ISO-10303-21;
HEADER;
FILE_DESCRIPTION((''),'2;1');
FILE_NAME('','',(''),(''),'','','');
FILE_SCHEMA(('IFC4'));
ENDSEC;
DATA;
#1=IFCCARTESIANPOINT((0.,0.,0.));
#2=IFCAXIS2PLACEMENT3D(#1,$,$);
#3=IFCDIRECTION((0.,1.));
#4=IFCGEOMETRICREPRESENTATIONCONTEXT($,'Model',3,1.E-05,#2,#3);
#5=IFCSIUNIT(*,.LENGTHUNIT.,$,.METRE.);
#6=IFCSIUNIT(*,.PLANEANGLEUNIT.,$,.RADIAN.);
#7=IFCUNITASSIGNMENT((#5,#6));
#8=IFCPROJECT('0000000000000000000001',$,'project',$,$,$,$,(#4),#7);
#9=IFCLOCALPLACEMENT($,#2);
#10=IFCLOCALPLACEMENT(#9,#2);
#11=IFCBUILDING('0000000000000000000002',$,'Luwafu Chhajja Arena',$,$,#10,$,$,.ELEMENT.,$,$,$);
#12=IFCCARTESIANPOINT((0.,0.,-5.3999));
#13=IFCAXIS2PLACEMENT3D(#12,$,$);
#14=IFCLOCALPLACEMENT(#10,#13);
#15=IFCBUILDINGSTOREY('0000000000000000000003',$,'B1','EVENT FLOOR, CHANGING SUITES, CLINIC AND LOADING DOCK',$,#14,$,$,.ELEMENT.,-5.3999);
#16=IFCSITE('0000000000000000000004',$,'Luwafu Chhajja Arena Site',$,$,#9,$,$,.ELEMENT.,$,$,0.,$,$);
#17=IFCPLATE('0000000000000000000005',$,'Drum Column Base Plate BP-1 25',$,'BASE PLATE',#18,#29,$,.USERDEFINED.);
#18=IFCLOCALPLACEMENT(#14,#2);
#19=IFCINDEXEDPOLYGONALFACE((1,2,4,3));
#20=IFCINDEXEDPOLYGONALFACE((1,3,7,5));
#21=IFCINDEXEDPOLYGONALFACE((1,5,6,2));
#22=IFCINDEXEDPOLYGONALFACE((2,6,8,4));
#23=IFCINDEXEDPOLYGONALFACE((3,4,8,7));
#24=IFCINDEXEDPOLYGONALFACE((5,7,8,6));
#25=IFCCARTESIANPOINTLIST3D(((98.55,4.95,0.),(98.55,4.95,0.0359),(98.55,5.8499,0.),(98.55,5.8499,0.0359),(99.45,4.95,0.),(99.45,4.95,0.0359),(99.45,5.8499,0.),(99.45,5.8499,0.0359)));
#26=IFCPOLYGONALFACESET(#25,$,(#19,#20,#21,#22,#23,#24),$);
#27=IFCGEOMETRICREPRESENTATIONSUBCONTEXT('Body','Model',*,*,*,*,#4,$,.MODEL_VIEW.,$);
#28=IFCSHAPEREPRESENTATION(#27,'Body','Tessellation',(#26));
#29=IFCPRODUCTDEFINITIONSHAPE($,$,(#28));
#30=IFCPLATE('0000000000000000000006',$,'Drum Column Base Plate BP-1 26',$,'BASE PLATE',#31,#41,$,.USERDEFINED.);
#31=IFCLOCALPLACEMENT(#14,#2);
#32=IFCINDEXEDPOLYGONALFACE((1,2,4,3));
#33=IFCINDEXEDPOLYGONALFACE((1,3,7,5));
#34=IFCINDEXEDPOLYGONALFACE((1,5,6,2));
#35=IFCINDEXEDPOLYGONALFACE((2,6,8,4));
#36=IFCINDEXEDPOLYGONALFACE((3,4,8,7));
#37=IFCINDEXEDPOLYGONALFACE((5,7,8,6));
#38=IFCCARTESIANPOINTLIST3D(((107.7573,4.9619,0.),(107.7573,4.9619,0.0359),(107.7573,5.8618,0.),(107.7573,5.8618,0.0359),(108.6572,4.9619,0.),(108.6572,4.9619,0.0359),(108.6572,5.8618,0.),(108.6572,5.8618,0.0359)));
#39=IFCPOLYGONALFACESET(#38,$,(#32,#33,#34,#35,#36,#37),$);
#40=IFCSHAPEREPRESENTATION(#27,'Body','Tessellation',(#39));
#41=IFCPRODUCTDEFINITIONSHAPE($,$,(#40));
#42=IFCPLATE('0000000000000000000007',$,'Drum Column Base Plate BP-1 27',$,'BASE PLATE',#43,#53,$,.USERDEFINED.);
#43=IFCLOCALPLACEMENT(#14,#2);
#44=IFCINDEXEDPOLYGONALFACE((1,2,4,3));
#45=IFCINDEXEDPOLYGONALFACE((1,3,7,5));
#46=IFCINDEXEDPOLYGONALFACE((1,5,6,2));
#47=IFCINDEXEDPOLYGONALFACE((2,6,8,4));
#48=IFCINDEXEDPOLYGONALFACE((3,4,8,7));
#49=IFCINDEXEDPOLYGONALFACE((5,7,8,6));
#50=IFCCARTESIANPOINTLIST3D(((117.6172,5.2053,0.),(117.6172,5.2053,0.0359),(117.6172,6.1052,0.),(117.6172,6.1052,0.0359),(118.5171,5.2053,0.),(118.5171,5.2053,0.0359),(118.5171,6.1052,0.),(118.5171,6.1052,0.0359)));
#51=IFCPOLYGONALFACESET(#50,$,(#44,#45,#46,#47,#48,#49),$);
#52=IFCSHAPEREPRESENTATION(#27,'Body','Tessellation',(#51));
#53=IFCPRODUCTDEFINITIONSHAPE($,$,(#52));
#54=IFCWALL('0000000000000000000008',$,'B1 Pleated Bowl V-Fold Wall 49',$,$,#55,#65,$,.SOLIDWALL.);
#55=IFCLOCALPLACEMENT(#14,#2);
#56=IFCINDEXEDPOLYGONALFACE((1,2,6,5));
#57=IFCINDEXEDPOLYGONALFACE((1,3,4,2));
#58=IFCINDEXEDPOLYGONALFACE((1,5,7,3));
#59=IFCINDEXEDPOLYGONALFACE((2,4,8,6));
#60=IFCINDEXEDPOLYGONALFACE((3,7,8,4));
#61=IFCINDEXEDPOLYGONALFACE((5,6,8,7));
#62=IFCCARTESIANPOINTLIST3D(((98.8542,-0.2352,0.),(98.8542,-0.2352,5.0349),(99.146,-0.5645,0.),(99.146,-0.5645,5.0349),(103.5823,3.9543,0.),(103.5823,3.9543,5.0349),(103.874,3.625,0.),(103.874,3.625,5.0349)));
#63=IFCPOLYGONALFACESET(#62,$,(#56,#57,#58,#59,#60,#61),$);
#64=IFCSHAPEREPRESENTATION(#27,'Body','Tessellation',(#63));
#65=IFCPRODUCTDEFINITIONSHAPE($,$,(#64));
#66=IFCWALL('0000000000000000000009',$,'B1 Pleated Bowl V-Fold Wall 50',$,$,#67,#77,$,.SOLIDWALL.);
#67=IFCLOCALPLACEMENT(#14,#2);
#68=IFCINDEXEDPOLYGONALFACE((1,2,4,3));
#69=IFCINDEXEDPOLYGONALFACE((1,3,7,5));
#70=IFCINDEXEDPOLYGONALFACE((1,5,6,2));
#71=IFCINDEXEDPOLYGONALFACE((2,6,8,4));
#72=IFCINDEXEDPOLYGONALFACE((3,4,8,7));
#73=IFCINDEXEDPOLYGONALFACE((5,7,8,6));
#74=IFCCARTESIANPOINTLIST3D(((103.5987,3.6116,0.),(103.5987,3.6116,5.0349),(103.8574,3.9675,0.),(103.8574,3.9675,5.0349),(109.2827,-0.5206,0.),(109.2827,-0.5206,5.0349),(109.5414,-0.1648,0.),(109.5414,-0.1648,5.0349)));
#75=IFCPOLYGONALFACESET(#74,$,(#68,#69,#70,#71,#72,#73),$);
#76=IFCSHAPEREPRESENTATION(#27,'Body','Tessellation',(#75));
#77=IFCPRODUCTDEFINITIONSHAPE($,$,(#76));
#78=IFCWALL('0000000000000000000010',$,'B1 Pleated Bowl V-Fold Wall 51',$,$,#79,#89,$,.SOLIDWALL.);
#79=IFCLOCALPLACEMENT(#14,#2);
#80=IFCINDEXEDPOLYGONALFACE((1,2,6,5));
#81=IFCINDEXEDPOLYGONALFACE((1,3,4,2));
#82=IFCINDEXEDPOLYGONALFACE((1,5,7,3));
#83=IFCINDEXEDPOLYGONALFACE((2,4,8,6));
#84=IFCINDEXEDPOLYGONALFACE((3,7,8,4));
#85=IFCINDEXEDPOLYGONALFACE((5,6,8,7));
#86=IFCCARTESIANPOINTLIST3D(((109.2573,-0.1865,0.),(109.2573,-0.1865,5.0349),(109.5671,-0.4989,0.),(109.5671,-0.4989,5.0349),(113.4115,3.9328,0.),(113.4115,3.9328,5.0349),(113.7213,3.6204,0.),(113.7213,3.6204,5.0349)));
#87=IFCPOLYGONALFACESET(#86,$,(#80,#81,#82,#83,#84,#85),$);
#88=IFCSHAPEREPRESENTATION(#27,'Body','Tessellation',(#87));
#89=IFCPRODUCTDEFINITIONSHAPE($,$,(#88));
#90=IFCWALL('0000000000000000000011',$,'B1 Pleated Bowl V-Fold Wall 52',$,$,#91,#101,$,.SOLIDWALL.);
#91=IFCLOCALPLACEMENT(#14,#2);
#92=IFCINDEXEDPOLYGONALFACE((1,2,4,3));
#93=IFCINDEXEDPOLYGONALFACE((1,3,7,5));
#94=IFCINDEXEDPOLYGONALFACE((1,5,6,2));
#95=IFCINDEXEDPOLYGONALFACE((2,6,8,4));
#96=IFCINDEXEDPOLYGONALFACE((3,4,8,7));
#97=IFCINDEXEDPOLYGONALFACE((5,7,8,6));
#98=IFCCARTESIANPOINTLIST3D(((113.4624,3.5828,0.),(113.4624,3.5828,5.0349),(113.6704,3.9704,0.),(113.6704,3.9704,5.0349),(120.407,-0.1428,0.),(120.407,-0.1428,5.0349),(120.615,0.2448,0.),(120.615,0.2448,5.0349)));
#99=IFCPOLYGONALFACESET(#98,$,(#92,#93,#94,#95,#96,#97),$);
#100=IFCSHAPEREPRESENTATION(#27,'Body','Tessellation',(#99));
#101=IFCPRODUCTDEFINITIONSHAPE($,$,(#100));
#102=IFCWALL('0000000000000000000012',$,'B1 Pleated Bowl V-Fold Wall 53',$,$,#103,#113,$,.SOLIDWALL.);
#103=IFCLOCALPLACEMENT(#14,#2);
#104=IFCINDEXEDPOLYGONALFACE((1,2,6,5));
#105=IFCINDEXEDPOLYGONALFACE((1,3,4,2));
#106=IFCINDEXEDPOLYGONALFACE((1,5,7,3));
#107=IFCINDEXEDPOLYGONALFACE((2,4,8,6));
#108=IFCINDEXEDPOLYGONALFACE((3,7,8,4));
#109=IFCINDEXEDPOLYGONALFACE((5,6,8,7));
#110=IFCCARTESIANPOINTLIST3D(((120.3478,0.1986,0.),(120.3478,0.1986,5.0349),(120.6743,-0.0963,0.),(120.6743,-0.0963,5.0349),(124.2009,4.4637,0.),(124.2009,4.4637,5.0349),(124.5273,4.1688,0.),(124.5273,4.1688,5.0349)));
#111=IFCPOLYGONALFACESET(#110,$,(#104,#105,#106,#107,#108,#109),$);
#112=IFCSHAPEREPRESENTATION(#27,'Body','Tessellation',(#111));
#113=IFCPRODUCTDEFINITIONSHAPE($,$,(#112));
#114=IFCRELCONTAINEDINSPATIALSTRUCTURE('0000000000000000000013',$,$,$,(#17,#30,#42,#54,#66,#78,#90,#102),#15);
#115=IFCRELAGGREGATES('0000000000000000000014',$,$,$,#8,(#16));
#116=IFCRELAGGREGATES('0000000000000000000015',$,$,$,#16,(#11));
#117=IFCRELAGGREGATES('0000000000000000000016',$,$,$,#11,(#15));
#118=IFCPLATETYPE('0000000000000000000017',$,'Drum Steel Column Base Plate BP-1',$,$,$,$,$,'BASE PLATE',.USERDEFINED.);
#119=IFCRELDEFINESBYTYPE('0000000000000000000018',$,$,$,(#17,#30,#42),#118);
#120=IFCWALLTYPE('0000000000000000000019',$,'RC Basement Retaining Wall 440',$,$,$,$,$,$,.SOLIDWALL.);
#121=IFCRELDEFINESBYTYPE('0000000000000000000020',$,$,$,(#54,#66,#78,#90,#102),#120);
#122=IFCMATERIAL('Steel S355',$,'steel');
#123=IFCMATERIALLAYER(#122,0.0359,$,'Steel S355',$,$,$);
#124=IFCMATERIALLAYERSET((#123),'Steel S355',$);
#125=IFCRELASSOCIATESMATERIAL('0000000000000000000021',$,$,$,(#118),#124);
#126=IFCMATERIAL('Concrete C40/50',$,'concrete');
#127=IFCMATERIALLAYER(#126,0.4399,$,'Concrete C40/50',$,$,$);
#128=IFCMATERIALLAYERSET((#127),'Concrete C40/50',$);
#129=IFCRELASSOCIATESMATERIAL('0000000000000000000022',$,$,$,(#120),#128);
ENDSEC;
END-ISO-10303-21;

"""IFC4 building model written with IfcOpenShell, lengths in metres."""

from ifc_helpers import new_model, si_unit, direction, frame, frame_2d, origin, origin_2d, place, context, subcontext, project, spatial, rectangle, extrude, material, layer, layer_set, type_object, element, save


model = new_model("IFC4")

# Units and contexts
model_context = context("Model", 3, precision=1e-05, world=origin(), true_north=direction((0.0, 1.0)))
body_context = subcontext(model_context, "Body", "Model", "MODEL_VIEW")
ifc_project = project(units=[si_unit("LENGTHUNIT", "METRE"), si_unit("PLANEANGLEUNIT", "RADIAN")], contexts=[model_context])

# Site, building, storey
site_placement = place(None, origin())
site = spatial("IfcSite", under=ifc_project, at=site_placement, Name="Luwafu Chhajja Arena Site", CompositionType="ELEMENT", RefElevation=0.0)
building_placement = place(site_placement, origin())
building = spatial("IfcBuilding", under=site, at=building_placement, Name="Luwafu Chhajja Arena", CompositionType="ELEMENT")
storey_placement = place(building_placement, frame((0.0, 0.0, -5.3999)))
storey = spatial("IfcBuildingStorey", under=building, at=storey_placement, Name="B1", Description="EVENT FLOOR, CHANGING SUITES, CLINIC AND LOADING DOCK", CompositionType="ELEMENT", Elevation=-5.3999)

# Shared definitions
ifc_material_1 = material(Name="Concrete C40/50", Category="concrete")
ifc_material_2 = material(Name="Steel S355", Category="steel")

# Plates
ifc_layer_1 = layer(ifc_material_2, 0.0359, Name="Steel S355")
ifc_layer_set_1 = layer_set([ifc_layer_1], Name="Steel S355")
plate_type = type_object("IfcPlateType", Name="Drum Steel Column Base Plate BP-1", ElementType="BASE PLATE", PredefinedType="USERDEFINED", material=ifc_layer_set_1)
for number, where, z_axis, x_axis, name in (
    (1, (99.0, 5.3999, 0.0), (0.0, 0.0, 1.0), (1.0, 0.0, 0.0), "Drum Column Base Plate BP-1 25"),
    (2, (108.2073, 5.4119, 0.0), (0.0, 0.0, 1.0), (1.0, 0.0, 0.0), "Drum Column Base Plate BP-1 26"),
    (3, (118.0671, 5.6553, 0.0), (0.0, 0.0, 1.0), (1.0, 0.0, 0.0), "Drum Column Base Plate BP-1 27"),
):
    element("IfcPlate", number, at=place(storey_placement, frame(where, z_axis=z_axis, x_axis=x_axis)), inside=storey, type_object=plate_type, Name=name, ObjectType="BASE PLATE", PredefinedType="USERDEFINED", context=body_context, shape_type="SweptSolid", body=[
        extrude(rectangle(XDim=0.8999, YDim=0.8999, at=origin_2d()), origin(), (0.0, 0.0, 1.0), 0.0359),
    ])

# Walls
ifc_layer_2 = layer(ifc_material_1, 0.4399, Name="Concrete C40/50")
ifc_layer_set_2 = layer_set([ifc_layer_2], Name="Concrete C40/50")
wall_type = type_object("IfcWallType", Name="RC Basement Retaining Wall 440", PredefinedType="SOLIDWALL", material=ifc_layer_set_2)
wall_1_placement = place(storey_placement, frame((99.0, -0.3999, 0.0), z_axis=(0.0, 0.0, 1.0), x_axis=(0.748449, 0.663192, 0.0)))
element("IfcWall", 4, at=wall_1_placement, inside=storey, type_object=wall_type, Name="B1 Pleated Bowl V-Fold Wall 49", PredefinedType="SOLIDWALL", context=body_context, shape_type="SweptSolid", body=[
    extrude(rectangle(XDim=6.3171, YDim=0.4399, at=frame_2d((3.1587, 0.0))), origin(), (0.0, 0.0, 1.0), 5.0349),
])
wall_2_placement = place(storey_placement, frame((103.728, 3.7896, 0.0), z_axis=(0.0, 0.0, 1.0), x_axis=(0.808841, -0.588027, 0.0)))
element("IfcWall", 5, at=wall_2_placement, inside=storey, type_object=wall_type, Name="B1 Pleated Bowl V-Fold Wall 50", PredefinedType="SOLIDWALL", context=body_context, shape_type="SweptSolid", body=[
    extrude(rectangle(XDim=7.0273, YDim=0.4399, at=frame_2d((3.5137, 0.0))), origin(), (0.0, 0.0, 1.0), 5.0349),
])
wall_3_placement = place(storey_placement, frame((109.4121, -0.3428, 0.0), z_axis=(0.0, 0.0, 1.0), x_axis=(0.710084, 0.704117, 0.0)))
element("IfcWall", 6, at=wall_3_placement, inside=storey, type_object=wall_type, Name="B1 Pleated Bowl V-Fold Wall 51", PredefinedType="SOLIDWALL", context=body_context, shape_type="SweptSolid", body=[
    extrude(rectangle(XDim=5.8503, YDim=0.4399, at=frame_2d((2.9253, 0.0))), origin(), (0.0, 0.0, 1.0), 5.0349),
])
wall_4_placement = place(storey_placement, frame((113.5664, 3.7766, 0.0), z_axis=(0.0, 0.0, 1.0), x_axis=(0.881201, -0.472741, 0.0)))
element("IfcWall", 7, at=wall_4_placement, inside=storey, type_object=wall_type, Name="B1 Pleated Bowl V-Fold Wall 52", PredefinedType="SOLIDWALL", context=body_context, shape_type="SweptSolid", body=[
    extrude(rectangle(XDim=7.8809, YDim=0.4399, at=frame_2d((3.9404, 0.0))), origin(), (0.0, 0.0, 1.0), 5.0349),
])
wall_5_placement = place(storey_placement, frame((120.511, 0.051, 0.0), z_axis=(0.0, 0.0, 1.0), x_axis=(0.670348, 0.742047, 0.0)))
element("IfcWall", 8, at=wall_5_placement, inside=storey, type_object=wall_type, Name="B1 Pleated Bowl V-Fold Wall 53", PredefinedType="SOLIDWALL", context=body_context, shape_type="SweptSolid", body=[
    extrude(rectangle(XDim=5.7478, YDim=0.4399, at=frame_2d((2.874, 0.0))), origin(), (0.0, 0.0, 1.0), 5.0349),
])

save(model, "model.ifc")
